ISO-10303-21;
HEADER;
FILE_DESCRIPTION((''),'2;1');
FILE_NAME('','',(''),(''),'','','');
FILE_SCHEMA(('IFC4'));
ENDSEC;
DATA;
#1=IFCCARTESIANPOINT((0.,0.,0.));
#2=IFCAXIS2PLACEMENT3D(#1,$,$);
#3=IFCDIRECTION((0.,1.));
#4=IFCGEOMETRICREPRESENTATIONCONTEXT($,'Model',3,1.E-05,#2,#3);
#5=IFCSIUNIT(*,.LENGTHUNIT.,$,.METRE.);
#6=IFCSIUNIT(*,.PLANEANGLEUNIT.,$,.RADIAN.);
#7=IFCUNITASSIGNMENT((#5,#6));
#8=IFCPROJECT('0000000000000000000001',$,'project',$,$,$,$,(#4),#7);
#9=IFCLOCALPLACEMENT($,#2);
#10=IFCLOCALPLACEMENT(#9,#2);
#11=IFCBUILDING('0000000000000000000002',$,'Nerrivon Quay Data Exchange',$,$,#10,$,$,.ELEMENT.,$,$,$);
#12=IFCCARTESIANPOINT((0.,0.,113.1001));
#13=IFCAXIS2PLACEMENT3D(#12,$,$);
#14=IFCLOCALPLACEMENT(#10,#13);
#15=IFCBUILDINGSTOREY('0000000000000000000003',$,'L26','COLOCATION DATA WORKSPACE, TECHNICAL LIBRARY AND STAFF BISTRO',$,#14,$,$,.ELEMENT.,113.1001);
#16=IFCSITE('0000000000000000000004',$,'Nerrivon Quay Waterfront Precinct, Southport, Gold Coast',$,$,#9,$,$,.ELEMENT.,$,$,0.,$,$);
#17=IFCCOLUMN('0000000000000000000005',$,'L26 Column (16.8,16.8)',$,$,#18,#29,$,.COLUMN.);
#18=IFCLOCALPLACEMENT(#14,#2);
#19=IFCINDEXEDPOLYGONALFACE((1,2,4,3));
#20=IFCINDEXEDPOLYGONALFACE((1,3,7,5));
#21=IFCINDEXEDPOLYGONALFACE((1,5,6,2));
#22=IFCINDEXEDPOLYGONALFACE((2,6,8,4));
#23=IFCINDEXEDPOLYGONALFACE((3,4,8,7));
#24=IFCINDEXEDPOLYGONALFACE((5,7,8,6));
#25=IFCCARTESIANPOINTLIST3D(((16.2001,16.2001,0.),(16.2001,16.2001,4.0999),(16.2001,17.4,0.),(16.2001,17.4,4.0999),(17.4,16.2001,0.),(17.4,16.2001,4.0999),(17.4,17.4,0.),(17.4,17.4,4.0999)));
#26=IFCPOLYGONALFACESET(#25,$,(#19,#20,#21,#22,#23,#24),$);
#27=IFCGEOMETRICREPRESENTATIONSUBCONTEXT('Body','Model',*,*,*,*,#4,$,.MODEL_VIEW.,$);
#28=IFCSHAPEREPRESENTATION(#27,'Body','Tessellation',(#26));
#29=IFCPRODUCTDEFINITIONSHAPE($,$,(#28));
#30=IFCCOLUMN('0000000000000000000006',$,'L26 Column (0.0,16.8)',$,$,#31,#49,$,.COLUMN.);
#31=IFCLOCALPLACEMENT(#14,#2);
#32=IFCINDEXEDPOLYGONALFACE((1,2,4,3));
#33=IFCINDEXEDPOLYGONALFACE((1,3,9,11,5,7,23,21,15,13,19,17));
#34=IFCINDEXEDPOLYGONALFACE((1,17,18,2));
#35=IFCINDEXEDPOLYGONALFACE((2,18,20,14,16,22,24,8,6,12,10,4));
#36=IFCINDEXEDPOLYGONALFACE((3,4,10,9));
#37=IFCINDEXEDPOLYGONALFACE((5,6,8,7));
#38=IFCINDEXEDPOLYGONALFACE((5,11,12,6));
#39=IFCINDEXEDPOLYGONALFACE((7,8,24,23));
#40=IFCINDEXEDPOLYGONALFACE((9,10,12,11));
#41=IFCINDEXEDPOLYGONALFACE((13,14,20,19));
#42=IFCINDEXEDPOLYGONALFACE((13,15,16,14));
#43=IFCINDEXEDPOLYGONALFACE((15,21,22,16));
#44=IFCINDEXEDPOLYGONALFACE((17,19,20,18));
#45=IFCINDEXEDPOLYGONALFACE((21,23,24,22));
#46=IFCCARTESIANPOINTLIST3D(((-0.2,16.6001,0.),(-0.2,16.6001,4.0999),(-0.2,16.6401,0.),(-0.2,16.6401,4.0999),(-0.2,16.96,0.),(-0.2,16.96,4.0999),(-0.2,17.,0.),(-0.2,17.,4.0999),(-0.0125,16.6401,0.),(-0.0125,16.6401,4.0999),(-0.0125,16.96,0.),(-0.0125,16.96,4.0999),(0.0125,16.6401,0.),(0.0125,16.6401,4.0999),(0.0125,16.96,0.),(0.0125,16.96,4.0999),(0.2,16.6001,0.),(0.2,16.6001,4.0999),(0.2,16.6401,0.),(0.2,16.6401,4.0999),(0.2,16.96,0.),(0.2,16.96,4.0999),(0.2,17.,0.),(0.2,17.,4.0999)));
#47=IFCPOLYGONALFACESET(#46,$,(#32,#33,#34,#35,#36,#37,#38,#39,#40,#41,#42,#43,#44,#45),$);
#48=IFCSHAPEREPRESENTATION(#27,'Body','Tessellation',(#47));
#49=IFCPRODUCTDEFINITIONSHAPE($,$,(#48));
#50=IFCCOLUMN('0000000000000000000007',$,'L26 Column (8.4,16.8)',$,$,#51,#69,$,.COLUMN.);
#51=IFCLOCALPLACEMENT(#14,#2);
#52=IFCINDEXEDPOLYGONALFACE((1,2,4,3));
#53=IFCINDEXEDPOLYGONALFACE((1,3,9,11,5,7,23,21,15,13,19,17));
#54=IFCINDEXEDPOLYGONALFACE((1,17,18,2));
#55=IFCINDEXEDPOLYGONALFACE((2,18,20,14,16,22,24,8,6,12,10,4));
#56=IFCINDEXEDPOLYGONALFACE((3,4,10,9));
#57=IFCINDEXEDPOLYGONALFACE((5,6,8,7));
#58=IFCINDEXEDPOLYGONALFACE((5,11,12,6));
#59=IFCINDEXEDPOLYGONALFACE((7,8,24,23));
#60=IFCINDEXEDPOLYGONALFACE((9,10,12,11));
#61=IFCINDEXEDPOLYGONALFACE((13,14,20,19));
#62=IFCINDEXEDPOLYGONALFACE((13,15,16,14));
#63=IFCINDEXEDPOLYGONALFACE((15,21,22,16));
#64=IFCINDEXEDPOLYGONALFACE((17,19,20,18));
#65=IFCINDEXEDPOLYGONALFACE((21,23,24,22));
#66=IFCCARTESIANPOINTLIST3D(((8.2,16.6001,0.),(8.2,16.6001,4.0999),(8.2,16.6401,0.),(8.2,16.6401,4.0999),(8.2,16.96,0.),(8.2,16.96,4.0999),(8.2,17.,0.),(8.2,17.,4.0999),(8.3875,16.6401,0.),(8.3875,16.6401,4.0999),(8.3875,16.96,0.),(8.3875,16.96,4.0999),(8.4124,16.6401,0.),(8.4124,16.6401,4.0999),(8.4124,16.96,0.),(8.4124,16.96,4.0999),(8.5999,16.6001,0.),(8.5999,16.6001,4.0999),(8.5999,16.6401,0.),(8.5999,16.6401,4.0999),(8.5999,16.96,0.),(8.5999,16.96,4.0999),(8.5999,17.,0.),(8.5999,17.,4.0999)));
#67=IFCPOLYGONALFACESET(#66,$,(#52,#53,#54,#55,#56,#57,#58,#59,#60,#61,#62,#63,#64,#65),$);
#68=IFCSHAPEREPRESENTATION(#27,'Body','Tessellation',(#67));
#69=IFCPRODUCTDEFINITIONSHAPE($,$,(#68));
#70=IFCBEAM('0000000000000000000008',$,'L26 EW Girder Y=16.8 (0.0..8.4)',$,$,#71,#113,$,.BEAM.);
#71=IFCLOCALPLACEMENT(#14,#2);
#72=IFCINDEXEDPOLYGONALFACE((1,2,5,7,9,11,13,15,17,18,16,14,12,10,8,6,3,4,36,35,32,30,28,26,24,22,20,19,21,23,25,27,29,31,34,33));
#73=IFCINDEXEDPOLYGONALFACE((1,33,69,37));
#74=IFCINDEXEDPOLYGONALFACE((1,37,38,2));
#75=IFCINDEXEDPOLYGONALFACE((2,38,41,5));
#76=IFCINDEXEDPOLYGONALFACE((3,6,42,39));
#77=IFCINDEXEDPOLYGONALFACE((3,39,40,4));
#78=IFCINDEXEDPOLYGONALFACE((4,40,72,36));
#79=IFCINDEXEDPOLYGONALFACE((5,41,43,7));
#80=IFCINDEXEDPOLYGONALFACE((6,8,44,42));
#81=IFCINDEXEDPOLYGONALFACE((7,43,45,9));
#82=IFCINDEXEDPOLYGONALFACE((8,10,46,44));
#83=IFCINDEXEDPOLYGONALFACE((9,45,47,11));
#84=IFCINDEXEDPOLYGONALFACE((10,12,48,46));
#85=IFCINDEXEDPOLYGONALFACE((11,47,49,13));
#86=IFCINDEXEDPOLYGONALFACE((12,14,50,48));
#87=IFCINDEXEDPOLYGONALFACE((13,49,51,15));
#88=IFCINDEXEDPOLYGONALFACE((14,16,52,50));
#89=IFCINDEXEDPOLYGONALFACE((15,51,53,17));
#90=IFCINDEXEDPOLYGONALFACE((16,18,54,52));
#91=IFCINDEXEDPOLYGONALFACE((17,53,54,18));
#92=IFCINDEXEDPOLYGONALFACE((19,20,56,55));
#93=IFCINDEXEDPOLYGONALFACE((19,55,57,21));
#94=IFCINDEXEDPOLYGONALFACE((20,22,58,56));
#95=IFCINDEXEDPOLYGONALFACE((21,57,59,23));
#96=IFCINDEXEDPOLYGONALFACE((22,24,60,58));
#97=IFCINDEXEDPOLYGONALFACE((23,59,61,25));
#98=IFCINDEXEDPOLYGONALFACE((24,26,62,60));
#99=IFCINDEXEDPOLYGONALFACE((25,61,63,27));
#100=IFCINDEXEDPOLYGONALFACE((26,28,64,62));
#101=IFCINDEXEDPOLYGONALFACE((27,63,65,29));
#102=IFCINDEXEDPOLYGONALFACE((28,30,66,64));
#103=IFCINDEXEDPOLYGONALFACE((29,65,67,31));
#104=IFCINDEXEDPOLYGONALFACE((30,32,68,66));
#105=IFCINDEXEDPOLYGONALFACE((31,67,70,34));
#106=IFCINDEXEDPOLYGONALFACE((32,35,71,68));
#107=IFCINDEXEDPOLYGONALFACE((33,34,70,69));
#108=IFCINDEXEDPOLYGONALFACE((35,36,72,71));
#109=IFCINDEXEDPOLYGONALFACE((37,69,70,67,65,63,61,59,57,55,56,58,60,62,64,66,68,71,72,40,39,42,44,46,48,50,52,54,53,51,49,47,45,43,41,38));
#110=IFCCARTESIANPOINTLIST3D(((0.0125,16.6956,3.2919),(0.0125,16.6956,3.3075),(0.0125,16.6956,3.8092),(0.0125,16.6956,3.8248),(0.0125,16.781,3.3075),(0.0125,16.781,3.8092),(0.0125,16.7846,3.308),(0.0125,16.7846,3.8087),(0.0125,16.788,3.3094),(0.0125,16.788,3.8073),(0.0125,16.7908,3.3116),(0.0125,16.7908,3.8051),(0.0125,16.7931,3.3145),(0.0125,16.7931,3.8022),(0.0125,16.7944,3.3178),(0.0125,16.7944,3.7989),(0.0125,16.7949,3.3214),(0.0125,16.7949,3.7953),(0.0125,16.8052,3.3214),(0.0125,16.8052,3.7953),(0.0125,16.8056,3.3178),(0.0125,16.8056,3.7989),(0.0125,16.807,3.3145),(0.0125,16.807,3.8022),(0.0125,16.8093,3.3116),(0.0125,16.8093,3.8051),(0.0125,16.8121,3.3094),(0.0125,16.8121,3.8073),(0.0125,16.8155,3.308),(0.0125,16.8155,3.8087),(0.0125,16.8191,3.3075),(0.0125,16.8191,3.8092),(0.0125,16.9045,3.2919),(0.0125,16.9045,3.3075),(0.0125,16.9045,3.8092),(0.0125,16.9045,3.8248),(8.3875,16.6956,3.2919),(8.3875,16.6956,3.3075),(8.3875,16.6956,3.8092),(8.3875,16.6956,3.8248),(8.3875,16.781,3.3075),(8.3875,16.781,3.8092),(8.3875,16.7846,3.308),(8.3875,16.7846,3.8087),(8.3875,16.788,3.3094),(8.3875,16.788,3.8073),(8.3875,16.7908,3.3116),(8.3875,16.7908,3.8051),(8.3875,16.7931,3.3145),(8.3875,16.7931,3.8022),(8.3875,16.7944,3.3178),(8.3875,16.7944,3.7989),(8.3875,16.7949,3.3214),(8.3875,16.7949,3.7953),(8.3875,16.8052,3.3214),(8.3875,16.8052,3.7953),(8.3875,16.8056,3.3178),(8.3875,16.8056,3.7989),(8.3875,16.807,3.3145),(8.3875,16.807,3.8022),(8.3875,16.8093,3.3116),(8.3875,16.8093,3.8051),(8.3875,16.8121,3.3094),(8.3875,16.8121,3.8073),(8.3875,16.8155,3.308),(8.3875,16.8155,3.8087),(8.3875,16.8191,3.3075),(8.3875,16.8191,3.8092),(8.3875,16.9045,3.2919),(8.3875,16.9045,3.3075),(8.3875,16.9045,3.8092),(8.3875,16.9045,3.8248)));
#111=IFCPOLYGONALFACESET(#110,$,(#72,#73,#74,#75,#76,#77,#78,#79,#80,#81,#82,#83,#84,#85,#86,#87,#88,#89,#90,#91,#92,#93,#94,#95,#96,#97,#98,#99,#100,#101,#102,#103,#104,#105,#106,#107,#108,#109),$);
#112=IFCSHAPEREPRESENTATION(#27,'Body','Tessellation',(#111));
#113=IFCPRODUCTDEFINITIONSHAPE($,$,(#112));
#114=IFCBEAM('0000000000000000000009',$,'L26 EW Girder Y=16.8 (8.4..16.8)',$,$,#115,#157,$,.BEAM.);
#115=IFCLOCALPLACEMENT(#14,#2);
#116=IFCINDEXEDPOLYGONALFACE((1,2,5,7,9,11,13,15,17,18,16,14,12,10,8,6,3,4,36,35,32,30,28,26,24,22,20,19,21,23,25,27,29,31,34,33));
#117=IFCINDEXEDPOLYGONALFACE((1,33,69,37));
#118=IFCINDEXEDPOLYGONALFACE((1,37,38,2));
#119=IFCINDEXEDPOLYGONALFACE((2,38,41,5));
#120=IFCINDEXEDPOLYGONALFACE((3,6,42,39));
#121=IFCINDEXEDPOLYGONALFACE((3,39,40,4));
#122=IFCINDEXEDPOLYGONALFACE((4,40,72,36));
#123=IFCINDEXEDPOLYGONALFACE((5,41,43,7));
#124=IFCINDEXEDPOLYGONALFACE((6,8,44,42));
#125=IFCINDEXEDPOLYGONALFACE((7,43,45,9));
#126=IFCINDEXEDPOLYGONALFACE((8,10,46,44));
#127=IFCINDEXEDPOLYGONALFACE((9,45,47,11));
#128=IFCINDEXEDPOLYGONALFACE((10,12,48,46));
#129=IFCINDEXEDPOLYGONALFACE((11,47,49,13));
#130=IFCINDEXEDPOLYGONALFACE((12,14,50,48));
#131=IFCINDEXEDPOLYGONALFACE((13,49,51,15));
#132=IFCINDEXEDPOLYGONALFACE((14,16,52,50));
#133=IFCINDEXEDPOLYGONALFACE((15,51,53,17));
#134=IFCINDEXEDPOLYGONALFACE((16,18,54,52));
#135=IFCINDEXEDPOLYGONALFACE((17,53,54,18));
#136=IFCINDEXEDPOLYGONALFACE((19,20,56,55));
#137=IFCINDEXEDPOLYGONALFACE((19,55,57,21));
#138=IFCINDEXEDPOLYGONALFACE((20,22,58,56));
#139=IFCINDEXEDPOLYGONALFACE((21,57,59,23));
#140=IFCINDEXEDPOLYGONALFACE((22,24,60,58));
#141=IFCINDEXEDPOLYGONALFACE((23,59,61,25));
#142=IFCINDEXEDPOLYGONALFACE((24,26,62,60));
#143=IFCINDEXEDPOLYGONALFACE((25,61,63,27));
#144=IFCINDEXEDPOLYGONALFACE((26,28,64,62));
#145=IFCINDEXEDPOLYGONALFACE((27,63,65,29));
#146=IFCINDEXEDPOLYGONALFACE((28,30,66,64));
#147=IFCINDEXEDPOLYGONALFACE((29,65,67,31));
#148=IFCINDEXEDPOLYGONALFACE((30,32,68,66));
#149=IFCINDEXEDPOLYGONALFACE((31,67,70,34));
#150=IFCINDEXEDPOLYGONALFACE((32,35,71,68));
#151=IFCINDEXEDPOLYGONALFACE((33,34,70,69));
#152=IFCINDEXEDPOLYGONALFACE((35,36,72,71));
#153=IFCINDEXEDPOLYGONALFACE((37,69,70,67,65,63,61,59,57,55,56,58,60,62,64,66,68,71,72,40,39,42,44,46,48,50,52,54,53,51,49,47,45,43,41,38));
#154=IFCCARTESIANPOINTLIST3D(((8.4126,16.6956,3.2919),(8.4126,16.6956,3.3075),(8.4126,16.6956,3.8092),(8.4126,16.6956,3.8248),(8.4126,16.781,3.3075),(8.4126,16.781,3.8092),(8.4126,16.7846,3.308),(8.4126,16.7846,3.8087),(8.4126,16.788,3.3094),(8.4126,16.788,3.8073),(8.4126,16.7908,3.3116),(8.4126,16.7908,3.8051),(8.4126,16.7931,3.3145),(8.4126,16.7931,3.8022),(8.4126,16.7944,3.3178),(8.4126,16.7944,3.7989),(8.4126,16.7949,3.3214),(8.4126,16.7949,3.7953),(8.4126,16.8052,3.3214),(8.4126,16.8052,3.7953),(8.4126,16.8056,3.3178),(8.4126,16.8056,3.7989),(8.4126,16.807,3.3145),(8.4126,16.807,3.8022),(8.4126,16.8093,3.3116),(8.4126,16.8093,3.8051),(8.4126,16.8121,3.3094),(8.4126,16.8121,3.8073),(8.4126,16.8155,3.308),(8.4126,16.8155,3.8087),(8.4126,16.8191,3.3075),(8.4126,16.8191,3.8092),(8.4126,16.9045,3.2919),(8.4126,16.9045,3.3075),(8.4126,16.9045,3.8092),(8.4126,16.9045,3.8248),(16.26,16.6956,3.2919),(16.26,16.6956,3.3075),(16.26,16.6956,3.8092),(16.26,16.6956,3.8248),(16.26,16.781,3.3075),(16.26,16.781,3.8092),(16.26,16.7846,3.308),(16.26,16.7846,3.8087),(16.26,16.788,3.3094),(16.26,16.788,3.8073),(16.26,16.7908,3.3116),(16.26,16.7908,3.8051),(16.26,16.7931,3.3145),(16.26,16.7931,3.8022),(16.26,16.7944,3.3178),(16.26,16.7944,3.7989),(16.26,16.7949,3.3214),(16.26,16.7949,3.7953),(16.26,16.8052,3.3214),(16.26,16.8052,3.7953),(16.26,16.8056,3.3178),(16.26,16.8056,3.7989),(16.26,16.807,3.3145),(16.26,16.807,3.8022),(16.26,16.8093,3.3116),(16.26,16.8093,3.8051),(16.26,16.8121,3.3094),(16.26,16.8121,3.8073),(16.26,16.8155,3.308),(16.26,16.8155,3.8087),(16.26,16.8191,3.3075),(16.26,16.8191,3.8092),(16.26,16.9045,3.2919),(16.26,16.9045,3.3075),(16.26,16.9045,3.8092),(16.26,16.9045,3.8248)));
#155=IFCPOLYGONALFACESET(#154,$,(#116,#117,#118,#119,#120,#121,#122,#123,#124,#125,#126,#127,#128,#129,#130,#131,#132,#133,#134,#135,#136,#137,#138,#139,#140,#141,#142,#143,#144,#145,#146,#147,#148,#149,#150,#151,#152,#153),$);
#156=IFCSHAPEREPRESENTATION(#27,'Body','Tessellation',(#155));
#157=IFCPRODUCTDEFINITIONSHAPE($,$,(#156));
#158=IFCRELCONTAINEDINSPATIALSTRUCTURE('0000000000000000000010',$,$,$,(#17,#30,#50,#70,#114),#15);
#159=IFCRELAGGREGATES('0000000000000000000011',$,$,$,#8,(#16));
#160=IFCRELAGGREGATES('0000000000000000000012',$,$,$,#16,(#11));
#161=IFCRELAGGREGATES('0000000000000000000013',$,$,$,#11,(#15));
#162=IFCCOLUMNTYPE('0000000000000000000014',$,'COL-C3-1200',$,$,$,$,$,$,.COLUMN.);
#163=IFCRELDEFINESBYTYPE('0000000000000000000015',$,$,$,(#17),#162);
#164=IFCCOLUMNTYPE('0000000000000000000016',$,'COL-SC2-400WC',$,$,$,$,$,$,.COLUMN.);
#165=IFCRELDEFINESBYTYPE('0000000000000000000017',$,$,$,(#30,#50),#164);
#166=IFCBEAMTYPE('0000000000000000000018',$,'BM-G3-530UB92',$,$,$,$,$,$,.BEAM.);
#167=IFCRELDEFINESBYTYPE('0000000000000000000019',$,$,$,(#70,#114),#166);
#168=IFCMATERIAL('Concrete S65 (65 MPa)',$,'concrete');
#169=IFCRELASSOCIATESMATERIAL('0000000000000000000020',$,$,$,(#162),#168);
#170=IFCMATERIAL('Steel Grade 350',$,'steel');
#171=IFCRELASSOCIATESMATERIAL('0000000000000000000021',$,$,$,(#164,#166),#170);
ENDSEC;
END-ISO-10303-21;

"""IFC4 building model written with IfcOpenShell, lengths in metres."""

from ifc_helpers import new_model, si_unit, direction, frame, origin, origin_2d, place, context, subcontext, project, spatial, rectangle, i_section, extrude, material, material_profile, profile_set, type_object, element, save


model = new_model("IFC4")

# Units and contexts
model_context = context("Model", 3, precision=1e-05, world=origin(), true_north=direction((0.0, 1.0)))
body_context = subcontext(model_context, "Body", "Model", "MODEL_VIEW")
ifc_project = project(units=[si_unit("LENGTHUNIT", "METRE"), si_unit("PLANEANGLEUNIT", "RADIAN")], contexts=[model_context])

# Site, building, storey
site_placement = place(None, origin())
site = spatial("IfcSite", under=ifc_project, at=site_placement, Name="Nerrivon Quay Waterfront Precinct, Southport, Gold Coast", CompositionType="ELEMENT", RefElevation=0.0)
building_placement = place(site_placement, origin())
building = spatial("IfcBuilding", under=site, at=building_placement, Name="Nerrivon Quay Data Exchange", CompositionType="ELEMENT")
storey_placement = place(building_placement, frame((0.0, 0.0, 113.1001)))
storey = spatial("IfcBuildingStorey", under=building, at=storey_placement, Name="L26", Description="COLOCATION DATA WORKSPACE, TECHNICAL LIBRARY AND STAFF BISTRO", CompositionType="ELEMENT", Elevation=113.1001)

# Columns
ifc_material_1 = material(Name="Concrete S65 (65 MPa)", Category="concrete")
ifc_material_profile_1 = material_profile(ifc_material_1, rectangle(XDim=1.2, YDim=1.2, at=origin_2d()), Name="RC-COL-1200x1200")
ifc_profile_set_1 = profile_set([ifc_material_profile_1], Name="Concrete S65 (65 MPa)")
column_type_1 = type_object("IfcColumnType", Name="COL-C3-1200", PredefinedType="COLUMN", material=ifc_profile_set_1)
column_placement = place(storey_placement, frame((16.8, 16.8, 0.0), z_axis=(0.0, 0.0, 1.0), x_axis=(1.0, 0.0, 0.0)))
element("IfcColumn", 1, at=column_placement, inside=storey, type_object=column_type_1, Name="L26 Column (16.8,16.8)", PredefinedType="COLUMN", context=body_context, shape_type="SweptSolid", body=[
    extrude(rectangle(XDim=1.2, YDim=1.2, at=origin_2d()), origin(), (0.0, 0.0, 1.0), 4.0999),
])
ifc_material_2 = material(Name="Steel Grade 350", Category="steel")
ifc_material_profile_2 = material_profile(ifc_material_2, i_section(OverallWidth=0.3999, OverallDepth=0.3999, WebThickness=0.0249, FlangeThickness=0.04, at=origin_2d()), Name="400WC328")
ifc_profile_set_2 = profile_set([ifc_material_profile_2], Name="Steel Grade 350")
column_type_2 = type_object("IfcColumnType", Name="COL-SC2-400WC", PredefinedType="COLUMN", material=ifc_profile_set_2)
for number, where, z_axis, x_axis, name in (
    (2, (0.0, 16.8, 0.0), (0.0, 0.0, 1.0), (1.0, 0.0, 0.0), "L26 Column (0.0,16.8)"),
    (3, (8.3999, 16.8, 0.0), (0.0, 0.0, 1.0), (1.0, 0.0, 0.0), "L26 Column (8.4,16.8)"),
):
    element("IfcColumn", number, at=place(storey_placement, frame(where, z_axis=z_axis, x_axis=x_axis)), inside=storey, type_object=column_type_2, Name=name, PredefinedType="COLUMN", context=body_context, shape_type="SweptSolid", body=[
        extrude(i_section(OverallWidth=0.3999, OverallDepth=0.3999, WebThickness=0.0249, FlangeThickness=0.04, at=origin_2d()), origin(), (0.0, 0.0, 1.0), 4.0999),
    ])

# Beams
ifc_material_profile_3 = material_profile(ifc_material_2, i_section(OverallWidth=0.209, OverallDepth=0.533, WebThickness=0.0103, FlangeThickness=0.0156, FilletRadius=0.0139, at=origin_2d()), Name="530UB92.4")
ifc_profile_set_3 = profile_set([ifc_material_profile_3], Name="Steel Grade 350")
beam_type_1 = type_object("IfcBeamType", Name="BM-G3-530UB92", PredefinedType="BEAM", material=ifc_profile_set_3)
beam_1_placement = place(storey_placement, frame((0.0125, 16.8, 3.5583), z_axis=(1.0, 0.0, 0.0), x_axis=(0.0, 1.0, 0.0)))
element("IfcBeam", 4, at=beam_1_placement, inside=storey, type_object=beam_type_1, Name="L26 EW Girder Y=16.8 (0.0..8.4)", PredefinedType="BEAM", context=body_context, shape_type="SweptSolid", body=[
    extrude(i_section(OverallWidth=0.209, OverallDepth=0.533, WebThickness=0.0103, FlangeThickness=0.0156, FilletRadius=0.0139, at=origin_2d()), origin(), (0.0, 0.0, 1.0), 8.375),
])
beam_2_placement = place(storey_placement, frame((8.4126, 16.8, 3.5583), z_axis=(1.0, 0.0, 0.0), x_axis=(0.0, 1.0, 0.0)))
element("IfcBeam", 5, at=beam_2_placement, inside=storey, type_object=beam_type_1, Name="L26 EW Girder Y=16.8 (8.4..16.8)", PredefinedType="BEAM", context=body_context, shape_type="SweptSolid", body=[
    extrude(i_section(OverallWidth=0.209, OverallDepth=0.533, WebThickness=0.0103, FlangeThickness=0.0156, FilletRadius=0.0139, at=origin_2d()), origin(), (0.0, 0.0, 1.0), 7.8474),
])

save(model, "model.ifc")
